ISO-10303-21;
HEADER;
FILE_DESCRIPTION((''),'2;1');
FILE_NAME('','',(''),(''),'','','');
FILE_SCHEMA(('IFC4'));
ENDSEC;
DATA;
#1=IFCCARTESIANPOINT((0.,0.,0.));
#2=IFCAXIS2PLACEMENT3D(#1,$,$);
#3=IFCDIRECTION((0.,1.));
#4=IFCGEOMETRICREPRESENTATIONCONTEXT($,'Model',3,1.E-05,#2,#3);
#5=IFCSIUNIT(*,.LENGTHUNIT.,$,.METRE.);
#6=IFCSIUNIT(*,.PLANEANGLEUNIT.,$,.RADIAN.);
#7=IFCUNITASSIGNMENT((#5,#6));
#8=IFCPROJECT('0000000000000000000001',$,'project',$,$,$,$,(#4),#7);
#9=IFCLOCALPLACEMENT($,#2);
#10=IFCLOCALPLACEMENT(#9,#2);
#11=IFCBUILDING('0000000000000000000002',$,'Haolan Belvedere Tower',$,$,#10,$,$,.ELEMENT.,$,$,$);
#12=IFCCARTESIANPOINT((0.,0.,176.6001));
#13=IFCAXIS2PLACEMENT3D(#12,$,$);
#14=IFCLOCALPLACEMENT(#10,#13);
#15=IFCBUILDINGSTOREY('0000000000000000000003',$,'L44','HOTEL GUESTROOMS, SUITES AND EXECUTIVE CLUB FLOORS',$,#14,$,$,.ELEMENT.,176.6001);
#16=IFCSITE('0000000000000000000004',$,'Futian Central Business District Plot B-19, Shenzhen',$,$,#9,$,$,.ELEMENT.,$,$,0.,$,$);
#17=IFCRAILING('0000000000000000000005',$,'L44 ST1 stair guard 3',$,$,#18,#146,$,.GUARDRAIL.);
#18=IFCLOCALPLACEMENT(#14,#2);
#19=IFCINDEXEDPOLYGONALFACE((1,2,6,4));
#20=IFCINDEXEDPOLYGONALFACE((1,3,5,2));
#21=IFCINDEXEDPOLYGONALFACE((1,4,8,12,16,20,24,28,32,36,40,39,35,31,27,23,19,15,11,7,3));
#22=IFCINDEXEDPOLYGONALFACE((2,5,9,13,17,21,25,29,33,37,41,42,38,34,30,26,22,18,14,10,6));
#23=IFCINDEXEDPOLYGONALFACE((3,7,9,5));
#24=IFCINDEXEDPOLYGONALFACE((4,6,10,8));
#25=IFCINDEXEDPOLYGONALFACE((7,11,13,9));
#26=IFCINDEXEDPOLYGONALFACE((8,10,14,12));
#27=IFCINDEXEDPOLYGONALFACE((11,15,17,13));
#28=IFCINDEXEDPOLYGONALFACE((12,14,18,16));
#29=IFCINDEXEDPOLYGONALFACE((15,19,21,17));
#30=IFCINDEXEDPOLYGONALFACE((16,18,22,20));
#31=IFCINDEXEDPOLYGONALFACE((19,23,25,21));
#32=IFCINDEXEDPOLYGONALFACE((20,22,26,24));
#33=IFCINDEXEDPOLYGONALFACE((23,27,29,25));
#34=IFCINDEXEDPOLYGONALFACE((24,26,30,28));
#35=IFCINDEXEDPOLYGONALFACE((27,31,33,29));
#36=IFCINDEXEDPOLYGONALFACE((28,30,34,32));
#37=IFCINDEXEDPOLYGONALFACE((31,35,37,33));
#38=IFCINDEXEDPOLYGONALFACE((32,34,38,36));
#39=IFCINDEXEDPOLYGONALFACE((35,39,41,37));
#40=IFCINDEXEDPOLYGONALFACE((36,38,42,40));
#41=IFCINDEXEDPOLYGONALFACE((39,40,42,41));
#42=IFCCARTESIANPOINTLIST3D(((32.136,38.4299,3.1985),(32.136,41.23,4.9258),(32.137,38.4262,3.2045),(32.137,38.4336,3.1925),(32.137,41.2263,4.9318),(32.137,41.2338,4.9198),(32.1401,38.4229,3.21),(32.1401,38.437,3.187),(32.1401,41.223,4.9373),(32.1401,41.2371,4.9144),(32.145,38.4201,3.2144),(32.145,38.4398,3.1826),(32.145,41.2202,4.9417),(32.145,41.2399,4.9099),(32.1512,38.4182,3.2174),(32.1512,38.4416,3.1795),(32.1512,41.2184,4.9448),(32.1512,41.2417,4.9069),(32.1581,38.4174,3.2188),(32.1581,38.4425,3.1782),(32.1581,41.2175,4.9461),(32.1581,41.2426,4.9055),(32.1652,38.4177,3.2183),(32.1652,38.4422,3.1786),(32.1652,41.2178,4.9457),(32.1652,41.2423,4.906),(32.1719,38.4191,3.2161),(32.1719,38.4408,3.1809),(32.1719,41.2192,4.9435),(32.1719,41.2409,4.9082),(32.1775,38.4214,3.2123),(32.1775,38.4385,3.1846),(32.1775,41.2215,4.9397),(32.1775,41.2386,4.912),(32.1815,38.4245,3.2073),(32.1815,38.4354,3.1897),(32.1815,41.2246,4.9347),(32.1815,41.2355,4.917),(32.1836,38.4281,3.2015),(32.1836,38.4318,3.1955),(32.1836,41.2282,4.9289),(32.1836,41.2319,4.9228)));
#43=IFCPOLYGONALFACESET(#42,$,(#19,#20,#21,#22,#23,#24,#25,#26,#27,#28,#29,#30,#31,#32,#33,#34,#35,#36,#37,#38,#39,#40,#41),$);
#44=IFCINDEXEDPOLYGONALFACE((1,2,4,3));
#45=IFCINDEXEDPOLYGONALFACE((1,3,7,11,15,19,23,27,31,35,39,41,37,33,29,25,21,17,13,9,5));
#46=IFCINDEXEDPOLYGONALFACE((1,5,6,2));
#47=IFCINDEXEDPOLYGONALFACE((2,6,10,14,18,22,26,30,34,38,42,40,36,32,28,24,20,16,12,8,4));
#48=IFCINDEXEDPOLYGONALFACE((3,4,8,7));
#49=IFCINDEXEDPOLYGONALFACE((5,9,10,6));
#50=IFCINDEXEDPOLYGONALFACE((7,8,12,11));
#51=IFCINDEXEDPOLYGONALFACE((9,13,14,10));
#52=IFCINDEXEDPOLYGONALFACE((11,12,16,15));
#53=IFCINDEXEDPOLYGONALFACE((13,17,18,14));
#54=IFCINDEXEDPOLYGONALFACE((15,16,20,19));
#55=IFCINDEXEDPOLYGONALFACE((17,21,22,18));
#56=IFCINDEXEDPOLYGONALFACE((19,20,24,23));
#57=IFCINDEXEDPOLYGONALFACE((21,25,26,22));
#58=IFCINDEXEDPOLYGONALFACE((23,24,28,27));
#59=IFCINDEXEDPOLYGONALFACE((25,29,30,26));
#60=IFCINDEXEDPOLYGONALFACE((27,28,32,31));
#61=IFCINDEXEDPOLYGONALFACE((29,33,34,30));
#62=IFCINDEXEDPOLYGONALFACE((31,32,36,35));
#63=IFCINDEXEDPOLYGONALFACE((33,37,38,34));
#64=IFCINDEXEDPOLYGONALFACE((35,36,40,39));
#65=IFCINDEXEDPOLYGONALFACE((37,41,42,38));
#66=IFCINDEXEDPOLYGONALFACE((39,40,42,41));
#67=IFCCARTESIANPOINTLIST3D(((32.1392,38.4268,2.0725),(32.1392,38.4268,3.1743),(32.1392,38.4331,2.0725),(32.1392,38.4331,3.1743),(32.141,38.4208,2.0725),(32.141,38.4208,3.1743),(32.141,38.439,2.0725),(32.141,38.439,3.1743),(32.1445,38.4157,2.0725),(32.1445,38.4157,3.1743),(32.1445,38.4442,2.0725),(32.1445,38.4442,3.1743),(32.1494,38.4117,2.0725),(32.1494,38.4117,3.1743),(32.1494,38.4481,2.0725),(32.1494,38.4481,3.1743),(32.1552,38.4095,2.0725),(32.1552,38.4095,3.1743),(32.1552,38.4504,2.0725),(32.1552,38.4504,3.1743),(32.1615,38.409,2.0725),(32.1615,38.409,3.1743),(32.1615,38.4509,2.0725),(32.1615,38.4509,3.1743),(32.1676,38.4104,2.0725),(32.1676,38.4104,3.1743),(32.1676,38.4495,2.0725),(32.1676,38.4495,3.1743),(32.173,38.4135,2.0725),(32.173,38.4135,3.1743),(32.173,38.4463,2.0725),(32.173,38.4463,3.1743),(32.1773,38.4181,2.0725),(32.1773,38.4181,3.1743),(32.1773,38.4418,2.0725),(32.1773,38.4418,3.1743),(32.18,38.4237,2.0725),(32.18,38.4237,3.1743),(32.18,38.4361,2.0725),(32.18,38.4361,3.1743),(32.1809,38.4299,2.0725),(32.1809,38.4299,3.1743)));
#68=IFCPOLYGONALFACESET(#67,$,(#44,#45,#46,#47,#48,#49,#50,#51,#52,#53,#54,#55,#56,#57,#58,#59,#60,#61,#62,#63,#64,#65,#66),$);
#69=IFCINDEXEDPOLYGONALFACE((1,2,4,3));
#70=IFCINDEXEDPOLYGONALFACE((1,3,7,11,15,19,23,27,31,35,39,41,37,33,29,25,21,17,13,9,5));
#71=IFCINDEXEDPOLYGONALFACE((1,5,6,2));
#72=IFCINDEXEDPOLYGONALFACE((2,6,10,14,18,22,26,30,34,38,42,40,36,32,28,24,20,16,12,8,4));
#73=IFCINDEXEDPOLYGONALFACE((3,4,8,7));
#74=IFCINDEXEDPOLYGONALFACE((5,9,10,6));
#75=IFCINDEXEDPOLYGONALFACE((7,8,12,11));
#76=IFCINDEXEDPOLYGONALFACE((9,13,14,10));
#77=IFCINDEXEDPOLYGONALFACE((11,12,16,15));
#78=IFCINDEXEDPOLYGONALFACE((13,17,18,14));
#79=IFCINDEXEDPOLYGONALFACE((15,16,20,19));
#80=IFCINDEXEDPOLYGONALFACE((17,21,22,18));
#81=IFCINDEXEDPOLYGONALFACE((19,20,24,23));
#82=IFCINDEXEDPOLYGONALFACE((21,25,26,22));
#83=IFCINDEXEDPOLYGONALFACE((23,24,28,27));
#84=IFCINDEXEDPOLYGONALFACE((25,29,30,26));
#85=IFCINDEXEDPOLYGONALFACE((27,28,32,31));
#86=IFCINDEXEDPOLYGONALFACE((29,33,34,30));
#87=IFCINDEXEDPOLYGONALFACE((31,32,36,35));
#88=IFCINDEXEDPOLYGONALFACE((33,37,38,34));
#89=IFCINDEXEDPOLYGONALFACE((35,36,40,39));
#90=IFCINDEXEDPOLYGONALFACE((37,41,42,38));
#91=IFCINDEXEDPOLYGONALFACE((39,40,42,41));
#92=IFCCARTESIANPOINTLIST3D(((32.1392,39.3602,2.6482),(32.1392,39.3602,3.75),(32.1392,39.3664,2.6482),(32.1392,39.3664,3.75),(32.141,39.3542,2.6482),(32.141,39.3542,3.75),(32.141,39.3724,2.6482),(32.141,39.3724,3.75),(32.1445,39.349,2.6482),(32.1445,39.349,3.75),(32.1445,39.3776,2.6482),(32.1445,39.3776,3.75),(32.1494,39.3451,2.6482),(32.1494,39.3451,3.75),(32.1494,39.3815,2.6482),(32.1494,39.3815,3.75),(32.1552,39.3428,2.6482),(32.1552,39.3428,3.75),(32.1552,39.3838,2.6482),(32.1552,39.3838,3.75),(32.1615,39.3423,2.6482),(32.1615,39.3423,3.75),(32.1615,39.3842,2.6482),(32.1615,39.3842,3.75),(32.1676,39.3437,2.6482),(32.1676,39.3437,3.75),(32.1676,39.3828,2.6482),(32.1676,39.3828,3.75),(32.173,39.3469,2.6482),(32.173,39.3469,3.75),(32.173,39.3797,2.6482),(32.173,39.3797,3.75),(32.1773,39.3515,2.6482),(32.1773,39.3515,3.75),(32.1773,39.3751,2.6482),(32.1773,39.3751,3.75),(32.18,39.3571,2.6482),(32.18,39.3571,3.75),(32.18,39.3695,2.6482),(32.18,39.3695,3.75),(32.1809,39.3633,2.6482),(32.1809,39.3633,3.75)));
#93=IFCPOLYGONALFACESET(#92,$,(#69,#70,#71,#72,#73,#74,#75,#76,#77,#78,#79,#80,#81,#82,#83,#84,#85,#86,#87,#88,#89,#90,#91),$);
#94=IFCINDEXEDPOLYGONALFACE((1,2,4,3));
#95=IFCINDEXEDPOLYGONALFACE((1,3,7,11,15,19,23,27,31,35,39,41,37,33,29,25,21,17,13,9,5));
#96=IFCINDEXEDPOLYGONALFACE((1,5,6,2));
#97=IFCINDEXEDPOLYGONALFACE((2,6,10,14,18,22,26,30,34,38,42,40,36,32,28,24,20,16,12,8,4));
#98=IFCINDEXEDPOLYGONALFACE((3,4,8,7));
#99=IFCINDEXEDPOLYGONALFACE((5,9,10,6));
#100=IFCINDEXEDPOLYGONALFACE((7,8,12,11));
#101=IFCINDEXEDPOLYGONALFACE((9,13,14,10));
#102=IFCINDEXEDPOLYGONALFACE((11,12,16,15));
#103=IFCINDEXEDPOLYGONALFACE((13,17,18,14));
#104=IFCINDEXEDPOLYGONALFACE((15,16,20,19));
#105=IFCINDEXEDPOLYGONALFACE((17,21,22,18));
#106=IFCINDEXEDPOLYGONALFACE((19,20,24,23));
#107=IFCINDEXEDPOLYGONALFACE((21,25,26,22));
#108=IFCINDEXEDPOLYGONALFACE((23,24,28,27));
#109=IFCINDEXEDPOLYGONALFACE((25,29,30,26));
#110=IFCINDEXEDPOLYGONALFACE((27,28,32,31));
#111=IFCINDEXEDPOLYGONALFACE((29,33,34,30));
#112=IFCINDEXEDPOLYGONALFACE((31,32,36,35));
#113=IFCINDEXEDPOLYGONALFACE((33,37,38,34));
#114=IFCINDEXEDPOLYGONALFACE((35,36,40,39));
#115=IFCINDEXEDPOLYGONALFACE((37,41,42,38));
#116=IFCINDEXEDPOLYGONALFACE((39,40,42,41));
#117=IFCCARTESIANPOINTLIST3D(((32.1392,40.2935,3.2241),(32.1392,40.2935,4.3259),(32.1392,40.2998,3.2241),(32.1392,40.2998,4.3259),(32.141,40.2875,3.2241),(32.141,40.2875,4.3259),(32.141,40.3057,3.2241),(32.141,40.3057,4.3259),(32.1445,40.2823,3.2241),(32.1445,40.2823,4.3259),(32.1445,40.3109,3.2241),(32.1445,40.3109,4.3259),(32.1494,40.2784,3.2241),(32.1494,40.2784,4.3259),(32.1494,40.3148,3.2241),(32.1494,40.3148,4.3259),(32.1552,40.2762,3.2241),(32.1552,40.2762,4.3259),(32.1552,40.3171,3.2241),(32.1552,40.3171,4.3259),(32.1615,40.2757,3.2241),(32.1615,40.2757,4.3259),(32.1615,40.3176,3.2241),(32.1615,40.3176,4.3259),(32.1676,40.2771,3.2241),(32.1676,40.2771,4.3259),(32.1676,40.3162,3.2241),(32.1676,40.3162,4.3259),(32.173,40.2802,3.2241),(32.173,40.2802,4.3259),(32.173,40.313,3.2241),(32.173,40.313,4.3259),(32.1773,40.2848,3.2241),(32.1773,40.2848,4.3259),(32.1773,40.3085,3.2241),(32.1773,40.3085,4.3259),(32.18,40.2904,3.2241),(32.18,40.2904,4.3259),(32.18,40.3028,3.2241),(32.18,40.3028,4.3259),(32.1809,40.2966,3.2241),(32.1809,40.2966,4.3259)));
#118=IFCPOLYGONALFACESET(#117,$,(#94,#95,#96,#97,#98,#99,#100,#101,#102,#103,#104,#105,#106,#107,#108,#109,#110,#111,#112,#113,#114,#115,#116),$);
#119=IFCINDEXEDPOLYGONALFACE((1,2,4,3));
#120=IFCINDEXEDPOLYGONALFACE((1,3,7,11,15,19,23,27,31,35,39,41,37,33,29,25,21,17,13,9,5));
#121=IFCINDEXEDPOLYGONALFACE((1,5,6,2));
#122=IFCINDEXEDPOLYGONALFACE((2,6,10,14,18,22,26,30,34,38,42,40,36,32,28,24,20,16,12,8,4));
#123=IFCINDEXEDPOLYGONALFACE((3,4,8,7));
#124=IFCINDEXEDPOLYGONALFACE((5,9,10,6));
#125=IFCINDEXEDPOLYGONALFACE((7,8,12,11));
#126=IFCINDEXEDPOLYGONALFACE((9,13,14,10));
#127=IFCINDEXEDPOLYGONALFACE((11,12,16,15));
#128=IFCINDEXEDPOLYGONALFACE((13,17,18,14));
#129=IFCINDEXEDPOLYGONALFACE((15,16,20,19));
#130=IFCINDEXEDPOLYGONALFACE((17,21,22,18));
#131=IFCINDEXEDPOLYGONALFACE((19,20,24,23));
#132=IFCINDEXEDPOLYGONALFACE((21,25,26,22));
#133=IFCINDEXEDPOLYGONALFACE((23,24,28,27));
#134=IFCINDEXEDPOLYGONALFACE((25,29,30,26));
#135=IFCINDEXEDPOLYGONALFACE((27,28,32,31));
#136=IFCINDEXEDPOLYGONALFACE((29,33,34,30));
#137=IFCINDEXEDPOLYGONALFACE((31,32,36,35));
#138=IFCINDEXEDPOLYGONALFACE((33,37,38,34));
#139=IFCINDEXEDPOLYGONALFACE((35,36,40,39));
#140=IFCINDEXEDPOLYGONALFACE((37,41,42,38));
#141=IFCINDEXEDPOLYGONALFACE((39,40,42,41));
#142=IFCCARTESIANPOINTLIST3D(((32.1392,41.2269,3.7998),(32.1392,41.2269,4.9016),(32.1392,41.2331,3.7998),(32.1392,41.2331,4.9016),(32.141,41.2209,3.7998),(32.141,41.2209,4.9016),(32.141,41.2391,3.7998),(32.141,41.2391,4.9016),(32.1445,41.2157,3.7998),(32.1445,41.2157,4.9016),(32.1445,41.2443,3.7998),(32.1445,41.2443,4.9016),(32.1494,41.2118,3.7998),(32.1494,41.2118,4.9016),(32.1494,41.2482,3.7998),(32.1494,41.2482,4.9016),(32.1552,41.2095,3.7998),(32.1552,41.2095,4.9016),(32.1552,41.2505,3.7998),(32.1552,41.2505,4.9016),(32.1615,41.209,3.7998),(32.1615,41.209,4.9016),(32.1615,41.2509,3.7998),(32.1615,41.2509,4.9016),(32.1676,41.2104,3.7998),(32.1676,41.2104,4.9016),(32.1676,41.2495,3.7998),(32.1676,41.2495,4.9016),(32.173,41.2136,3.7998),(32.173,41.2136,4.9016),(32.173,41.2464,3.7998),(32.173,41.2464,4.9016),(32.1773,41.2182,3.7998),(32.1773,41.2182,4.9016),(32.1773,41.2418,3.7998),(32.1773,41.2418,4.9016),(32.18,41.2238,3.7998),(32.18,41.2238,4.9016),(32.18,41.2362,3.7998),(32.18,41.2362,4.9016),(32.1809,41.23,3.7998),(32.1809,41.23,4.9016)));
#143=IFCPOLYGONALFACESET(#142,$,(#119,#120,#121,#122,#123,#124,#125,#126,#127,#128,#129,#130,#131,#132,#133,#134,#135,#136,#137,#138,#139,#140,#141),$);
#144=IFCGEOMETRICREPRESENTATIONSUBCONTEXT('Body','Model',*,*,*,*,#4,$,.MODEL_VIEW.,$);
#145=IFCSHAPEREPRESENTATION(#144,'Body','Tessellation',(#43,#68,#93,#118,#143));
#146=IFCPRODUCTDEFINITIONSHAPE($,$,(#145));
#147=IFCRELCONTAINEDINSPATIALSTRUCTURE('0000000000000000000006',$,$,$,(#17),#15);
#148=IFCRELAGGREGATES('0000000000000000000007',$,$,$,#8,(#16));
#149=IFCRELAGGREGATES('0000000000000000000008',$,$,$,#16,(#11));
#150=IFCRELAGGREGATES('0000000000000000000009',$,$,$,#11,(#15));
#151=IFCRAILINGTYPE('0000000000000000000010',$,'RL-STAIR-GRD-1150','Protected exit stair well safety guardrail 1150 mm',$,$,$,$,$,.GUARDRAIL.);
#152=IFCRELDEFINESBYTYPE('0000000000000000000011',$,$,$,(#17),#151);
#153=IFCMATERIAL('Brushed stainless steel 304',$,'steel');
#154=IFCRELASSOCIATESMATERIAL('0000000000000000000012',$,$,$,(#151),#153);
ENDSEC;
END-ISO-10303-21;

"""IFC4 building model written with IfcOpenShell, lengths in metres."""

from ifc_helpers import new_model, si_unit, direction, frame, origin, origin_2d, place, context, subcontext, project, spatial, circle, extrude, material, type_object, element, save


model = new_model("IFC4")

# Units and contexts
model_context = context("Model", 3, precision=1e-05, world=origin(), true_north=direction((0.0, 1.0)))
body_context = subcontext(model_context, "Body", "Model", "MODEL_VIEW")
ifc_project = project(units=[si_unit("LENGTHUNIT", "METRE"), si_unit("PLANEANGLEUNIT", "RADIAN")], contexts=[model_context])

# Site, building, storey
site_placement = place(None, origin())
site = spatial("IfcSite", under=ifc_project, at=site_placement, Name="Futian Central Business District Plot B-19, Shenzhen", CompositionType="ELEMENT", RefElevation=0.0)
building_placement = place(site_placement, origin())
building = spatial("IfcBuilding", under=site, at=building_placement, Name="Haolan Belvedere Tower", CompositionType="ELEMENT")
storey_placement = place(building_placement, frame((0.0, 0.0, 176.6001)))
storey = spatial("IfcBuildingStorey", under=building, at=storey_placement, Name="L44", Description="HOTEL GUESTROOMS, SUITES AND EXECUTIVE CLUB FLOORS", CompositionType="ELEMENT", Elevation=176.6001)

# Railing
ifc_material_1 = material(Name="Brushed stainless steel 304", Category="steel")
railing_type_1 = type_object("IfcRailingType", Name="RL-STAIR-GRD-1150", Description="Protected exit stair well safety guardrail 1150 mm", PredefinedType="GUARDRAIL", material=ifc_material_1)
railing_1_placement = place(storey_placement, frame((32.1599, 38.4299, 2.0725)))
element("IfcRailing", 1, at=railing_1_placement, inside=storey, type_object=railing_type_1, Name="L44 ST1 stair guard 3", PredefinedType="GUARDRAIL", context=body_context, shape_type="SweptSolid", body=[
    extrude(circle(Radius=0.0239, at=origin_2d()), frame((0.0, 0.0, 1.126), z_axis=(0.0, 0.85109, 0.52502), x_axis=(-1.0, 0.0, 0.0)), (0.0, 0.0, 1.0), 3.29),
    extrude(circle(Radius=0.021, at=origin_2d()), origin(), (0.0, 0.0, 1.0), 1.1018),
    extrude(circle(Radius=0.021, at=origin_2d()), frame((0.0, 0.9333, 0.5757)), (0.0, 0.0, 1.0), 1.1018),
    extrude(circle(Radius=0.021, at=origin_2d()), frame((0.0, 1.8667, 1.1516)), (0.0, 0.0, 1.0), 1.1018),
    extrude(circle(Radius=0.021, at=origin_2d()), frame((0.0, 2.8, 1.7273)), (0.0, 0.0, 1.0), 1.1018),
])

save(model, "model.ifc")
